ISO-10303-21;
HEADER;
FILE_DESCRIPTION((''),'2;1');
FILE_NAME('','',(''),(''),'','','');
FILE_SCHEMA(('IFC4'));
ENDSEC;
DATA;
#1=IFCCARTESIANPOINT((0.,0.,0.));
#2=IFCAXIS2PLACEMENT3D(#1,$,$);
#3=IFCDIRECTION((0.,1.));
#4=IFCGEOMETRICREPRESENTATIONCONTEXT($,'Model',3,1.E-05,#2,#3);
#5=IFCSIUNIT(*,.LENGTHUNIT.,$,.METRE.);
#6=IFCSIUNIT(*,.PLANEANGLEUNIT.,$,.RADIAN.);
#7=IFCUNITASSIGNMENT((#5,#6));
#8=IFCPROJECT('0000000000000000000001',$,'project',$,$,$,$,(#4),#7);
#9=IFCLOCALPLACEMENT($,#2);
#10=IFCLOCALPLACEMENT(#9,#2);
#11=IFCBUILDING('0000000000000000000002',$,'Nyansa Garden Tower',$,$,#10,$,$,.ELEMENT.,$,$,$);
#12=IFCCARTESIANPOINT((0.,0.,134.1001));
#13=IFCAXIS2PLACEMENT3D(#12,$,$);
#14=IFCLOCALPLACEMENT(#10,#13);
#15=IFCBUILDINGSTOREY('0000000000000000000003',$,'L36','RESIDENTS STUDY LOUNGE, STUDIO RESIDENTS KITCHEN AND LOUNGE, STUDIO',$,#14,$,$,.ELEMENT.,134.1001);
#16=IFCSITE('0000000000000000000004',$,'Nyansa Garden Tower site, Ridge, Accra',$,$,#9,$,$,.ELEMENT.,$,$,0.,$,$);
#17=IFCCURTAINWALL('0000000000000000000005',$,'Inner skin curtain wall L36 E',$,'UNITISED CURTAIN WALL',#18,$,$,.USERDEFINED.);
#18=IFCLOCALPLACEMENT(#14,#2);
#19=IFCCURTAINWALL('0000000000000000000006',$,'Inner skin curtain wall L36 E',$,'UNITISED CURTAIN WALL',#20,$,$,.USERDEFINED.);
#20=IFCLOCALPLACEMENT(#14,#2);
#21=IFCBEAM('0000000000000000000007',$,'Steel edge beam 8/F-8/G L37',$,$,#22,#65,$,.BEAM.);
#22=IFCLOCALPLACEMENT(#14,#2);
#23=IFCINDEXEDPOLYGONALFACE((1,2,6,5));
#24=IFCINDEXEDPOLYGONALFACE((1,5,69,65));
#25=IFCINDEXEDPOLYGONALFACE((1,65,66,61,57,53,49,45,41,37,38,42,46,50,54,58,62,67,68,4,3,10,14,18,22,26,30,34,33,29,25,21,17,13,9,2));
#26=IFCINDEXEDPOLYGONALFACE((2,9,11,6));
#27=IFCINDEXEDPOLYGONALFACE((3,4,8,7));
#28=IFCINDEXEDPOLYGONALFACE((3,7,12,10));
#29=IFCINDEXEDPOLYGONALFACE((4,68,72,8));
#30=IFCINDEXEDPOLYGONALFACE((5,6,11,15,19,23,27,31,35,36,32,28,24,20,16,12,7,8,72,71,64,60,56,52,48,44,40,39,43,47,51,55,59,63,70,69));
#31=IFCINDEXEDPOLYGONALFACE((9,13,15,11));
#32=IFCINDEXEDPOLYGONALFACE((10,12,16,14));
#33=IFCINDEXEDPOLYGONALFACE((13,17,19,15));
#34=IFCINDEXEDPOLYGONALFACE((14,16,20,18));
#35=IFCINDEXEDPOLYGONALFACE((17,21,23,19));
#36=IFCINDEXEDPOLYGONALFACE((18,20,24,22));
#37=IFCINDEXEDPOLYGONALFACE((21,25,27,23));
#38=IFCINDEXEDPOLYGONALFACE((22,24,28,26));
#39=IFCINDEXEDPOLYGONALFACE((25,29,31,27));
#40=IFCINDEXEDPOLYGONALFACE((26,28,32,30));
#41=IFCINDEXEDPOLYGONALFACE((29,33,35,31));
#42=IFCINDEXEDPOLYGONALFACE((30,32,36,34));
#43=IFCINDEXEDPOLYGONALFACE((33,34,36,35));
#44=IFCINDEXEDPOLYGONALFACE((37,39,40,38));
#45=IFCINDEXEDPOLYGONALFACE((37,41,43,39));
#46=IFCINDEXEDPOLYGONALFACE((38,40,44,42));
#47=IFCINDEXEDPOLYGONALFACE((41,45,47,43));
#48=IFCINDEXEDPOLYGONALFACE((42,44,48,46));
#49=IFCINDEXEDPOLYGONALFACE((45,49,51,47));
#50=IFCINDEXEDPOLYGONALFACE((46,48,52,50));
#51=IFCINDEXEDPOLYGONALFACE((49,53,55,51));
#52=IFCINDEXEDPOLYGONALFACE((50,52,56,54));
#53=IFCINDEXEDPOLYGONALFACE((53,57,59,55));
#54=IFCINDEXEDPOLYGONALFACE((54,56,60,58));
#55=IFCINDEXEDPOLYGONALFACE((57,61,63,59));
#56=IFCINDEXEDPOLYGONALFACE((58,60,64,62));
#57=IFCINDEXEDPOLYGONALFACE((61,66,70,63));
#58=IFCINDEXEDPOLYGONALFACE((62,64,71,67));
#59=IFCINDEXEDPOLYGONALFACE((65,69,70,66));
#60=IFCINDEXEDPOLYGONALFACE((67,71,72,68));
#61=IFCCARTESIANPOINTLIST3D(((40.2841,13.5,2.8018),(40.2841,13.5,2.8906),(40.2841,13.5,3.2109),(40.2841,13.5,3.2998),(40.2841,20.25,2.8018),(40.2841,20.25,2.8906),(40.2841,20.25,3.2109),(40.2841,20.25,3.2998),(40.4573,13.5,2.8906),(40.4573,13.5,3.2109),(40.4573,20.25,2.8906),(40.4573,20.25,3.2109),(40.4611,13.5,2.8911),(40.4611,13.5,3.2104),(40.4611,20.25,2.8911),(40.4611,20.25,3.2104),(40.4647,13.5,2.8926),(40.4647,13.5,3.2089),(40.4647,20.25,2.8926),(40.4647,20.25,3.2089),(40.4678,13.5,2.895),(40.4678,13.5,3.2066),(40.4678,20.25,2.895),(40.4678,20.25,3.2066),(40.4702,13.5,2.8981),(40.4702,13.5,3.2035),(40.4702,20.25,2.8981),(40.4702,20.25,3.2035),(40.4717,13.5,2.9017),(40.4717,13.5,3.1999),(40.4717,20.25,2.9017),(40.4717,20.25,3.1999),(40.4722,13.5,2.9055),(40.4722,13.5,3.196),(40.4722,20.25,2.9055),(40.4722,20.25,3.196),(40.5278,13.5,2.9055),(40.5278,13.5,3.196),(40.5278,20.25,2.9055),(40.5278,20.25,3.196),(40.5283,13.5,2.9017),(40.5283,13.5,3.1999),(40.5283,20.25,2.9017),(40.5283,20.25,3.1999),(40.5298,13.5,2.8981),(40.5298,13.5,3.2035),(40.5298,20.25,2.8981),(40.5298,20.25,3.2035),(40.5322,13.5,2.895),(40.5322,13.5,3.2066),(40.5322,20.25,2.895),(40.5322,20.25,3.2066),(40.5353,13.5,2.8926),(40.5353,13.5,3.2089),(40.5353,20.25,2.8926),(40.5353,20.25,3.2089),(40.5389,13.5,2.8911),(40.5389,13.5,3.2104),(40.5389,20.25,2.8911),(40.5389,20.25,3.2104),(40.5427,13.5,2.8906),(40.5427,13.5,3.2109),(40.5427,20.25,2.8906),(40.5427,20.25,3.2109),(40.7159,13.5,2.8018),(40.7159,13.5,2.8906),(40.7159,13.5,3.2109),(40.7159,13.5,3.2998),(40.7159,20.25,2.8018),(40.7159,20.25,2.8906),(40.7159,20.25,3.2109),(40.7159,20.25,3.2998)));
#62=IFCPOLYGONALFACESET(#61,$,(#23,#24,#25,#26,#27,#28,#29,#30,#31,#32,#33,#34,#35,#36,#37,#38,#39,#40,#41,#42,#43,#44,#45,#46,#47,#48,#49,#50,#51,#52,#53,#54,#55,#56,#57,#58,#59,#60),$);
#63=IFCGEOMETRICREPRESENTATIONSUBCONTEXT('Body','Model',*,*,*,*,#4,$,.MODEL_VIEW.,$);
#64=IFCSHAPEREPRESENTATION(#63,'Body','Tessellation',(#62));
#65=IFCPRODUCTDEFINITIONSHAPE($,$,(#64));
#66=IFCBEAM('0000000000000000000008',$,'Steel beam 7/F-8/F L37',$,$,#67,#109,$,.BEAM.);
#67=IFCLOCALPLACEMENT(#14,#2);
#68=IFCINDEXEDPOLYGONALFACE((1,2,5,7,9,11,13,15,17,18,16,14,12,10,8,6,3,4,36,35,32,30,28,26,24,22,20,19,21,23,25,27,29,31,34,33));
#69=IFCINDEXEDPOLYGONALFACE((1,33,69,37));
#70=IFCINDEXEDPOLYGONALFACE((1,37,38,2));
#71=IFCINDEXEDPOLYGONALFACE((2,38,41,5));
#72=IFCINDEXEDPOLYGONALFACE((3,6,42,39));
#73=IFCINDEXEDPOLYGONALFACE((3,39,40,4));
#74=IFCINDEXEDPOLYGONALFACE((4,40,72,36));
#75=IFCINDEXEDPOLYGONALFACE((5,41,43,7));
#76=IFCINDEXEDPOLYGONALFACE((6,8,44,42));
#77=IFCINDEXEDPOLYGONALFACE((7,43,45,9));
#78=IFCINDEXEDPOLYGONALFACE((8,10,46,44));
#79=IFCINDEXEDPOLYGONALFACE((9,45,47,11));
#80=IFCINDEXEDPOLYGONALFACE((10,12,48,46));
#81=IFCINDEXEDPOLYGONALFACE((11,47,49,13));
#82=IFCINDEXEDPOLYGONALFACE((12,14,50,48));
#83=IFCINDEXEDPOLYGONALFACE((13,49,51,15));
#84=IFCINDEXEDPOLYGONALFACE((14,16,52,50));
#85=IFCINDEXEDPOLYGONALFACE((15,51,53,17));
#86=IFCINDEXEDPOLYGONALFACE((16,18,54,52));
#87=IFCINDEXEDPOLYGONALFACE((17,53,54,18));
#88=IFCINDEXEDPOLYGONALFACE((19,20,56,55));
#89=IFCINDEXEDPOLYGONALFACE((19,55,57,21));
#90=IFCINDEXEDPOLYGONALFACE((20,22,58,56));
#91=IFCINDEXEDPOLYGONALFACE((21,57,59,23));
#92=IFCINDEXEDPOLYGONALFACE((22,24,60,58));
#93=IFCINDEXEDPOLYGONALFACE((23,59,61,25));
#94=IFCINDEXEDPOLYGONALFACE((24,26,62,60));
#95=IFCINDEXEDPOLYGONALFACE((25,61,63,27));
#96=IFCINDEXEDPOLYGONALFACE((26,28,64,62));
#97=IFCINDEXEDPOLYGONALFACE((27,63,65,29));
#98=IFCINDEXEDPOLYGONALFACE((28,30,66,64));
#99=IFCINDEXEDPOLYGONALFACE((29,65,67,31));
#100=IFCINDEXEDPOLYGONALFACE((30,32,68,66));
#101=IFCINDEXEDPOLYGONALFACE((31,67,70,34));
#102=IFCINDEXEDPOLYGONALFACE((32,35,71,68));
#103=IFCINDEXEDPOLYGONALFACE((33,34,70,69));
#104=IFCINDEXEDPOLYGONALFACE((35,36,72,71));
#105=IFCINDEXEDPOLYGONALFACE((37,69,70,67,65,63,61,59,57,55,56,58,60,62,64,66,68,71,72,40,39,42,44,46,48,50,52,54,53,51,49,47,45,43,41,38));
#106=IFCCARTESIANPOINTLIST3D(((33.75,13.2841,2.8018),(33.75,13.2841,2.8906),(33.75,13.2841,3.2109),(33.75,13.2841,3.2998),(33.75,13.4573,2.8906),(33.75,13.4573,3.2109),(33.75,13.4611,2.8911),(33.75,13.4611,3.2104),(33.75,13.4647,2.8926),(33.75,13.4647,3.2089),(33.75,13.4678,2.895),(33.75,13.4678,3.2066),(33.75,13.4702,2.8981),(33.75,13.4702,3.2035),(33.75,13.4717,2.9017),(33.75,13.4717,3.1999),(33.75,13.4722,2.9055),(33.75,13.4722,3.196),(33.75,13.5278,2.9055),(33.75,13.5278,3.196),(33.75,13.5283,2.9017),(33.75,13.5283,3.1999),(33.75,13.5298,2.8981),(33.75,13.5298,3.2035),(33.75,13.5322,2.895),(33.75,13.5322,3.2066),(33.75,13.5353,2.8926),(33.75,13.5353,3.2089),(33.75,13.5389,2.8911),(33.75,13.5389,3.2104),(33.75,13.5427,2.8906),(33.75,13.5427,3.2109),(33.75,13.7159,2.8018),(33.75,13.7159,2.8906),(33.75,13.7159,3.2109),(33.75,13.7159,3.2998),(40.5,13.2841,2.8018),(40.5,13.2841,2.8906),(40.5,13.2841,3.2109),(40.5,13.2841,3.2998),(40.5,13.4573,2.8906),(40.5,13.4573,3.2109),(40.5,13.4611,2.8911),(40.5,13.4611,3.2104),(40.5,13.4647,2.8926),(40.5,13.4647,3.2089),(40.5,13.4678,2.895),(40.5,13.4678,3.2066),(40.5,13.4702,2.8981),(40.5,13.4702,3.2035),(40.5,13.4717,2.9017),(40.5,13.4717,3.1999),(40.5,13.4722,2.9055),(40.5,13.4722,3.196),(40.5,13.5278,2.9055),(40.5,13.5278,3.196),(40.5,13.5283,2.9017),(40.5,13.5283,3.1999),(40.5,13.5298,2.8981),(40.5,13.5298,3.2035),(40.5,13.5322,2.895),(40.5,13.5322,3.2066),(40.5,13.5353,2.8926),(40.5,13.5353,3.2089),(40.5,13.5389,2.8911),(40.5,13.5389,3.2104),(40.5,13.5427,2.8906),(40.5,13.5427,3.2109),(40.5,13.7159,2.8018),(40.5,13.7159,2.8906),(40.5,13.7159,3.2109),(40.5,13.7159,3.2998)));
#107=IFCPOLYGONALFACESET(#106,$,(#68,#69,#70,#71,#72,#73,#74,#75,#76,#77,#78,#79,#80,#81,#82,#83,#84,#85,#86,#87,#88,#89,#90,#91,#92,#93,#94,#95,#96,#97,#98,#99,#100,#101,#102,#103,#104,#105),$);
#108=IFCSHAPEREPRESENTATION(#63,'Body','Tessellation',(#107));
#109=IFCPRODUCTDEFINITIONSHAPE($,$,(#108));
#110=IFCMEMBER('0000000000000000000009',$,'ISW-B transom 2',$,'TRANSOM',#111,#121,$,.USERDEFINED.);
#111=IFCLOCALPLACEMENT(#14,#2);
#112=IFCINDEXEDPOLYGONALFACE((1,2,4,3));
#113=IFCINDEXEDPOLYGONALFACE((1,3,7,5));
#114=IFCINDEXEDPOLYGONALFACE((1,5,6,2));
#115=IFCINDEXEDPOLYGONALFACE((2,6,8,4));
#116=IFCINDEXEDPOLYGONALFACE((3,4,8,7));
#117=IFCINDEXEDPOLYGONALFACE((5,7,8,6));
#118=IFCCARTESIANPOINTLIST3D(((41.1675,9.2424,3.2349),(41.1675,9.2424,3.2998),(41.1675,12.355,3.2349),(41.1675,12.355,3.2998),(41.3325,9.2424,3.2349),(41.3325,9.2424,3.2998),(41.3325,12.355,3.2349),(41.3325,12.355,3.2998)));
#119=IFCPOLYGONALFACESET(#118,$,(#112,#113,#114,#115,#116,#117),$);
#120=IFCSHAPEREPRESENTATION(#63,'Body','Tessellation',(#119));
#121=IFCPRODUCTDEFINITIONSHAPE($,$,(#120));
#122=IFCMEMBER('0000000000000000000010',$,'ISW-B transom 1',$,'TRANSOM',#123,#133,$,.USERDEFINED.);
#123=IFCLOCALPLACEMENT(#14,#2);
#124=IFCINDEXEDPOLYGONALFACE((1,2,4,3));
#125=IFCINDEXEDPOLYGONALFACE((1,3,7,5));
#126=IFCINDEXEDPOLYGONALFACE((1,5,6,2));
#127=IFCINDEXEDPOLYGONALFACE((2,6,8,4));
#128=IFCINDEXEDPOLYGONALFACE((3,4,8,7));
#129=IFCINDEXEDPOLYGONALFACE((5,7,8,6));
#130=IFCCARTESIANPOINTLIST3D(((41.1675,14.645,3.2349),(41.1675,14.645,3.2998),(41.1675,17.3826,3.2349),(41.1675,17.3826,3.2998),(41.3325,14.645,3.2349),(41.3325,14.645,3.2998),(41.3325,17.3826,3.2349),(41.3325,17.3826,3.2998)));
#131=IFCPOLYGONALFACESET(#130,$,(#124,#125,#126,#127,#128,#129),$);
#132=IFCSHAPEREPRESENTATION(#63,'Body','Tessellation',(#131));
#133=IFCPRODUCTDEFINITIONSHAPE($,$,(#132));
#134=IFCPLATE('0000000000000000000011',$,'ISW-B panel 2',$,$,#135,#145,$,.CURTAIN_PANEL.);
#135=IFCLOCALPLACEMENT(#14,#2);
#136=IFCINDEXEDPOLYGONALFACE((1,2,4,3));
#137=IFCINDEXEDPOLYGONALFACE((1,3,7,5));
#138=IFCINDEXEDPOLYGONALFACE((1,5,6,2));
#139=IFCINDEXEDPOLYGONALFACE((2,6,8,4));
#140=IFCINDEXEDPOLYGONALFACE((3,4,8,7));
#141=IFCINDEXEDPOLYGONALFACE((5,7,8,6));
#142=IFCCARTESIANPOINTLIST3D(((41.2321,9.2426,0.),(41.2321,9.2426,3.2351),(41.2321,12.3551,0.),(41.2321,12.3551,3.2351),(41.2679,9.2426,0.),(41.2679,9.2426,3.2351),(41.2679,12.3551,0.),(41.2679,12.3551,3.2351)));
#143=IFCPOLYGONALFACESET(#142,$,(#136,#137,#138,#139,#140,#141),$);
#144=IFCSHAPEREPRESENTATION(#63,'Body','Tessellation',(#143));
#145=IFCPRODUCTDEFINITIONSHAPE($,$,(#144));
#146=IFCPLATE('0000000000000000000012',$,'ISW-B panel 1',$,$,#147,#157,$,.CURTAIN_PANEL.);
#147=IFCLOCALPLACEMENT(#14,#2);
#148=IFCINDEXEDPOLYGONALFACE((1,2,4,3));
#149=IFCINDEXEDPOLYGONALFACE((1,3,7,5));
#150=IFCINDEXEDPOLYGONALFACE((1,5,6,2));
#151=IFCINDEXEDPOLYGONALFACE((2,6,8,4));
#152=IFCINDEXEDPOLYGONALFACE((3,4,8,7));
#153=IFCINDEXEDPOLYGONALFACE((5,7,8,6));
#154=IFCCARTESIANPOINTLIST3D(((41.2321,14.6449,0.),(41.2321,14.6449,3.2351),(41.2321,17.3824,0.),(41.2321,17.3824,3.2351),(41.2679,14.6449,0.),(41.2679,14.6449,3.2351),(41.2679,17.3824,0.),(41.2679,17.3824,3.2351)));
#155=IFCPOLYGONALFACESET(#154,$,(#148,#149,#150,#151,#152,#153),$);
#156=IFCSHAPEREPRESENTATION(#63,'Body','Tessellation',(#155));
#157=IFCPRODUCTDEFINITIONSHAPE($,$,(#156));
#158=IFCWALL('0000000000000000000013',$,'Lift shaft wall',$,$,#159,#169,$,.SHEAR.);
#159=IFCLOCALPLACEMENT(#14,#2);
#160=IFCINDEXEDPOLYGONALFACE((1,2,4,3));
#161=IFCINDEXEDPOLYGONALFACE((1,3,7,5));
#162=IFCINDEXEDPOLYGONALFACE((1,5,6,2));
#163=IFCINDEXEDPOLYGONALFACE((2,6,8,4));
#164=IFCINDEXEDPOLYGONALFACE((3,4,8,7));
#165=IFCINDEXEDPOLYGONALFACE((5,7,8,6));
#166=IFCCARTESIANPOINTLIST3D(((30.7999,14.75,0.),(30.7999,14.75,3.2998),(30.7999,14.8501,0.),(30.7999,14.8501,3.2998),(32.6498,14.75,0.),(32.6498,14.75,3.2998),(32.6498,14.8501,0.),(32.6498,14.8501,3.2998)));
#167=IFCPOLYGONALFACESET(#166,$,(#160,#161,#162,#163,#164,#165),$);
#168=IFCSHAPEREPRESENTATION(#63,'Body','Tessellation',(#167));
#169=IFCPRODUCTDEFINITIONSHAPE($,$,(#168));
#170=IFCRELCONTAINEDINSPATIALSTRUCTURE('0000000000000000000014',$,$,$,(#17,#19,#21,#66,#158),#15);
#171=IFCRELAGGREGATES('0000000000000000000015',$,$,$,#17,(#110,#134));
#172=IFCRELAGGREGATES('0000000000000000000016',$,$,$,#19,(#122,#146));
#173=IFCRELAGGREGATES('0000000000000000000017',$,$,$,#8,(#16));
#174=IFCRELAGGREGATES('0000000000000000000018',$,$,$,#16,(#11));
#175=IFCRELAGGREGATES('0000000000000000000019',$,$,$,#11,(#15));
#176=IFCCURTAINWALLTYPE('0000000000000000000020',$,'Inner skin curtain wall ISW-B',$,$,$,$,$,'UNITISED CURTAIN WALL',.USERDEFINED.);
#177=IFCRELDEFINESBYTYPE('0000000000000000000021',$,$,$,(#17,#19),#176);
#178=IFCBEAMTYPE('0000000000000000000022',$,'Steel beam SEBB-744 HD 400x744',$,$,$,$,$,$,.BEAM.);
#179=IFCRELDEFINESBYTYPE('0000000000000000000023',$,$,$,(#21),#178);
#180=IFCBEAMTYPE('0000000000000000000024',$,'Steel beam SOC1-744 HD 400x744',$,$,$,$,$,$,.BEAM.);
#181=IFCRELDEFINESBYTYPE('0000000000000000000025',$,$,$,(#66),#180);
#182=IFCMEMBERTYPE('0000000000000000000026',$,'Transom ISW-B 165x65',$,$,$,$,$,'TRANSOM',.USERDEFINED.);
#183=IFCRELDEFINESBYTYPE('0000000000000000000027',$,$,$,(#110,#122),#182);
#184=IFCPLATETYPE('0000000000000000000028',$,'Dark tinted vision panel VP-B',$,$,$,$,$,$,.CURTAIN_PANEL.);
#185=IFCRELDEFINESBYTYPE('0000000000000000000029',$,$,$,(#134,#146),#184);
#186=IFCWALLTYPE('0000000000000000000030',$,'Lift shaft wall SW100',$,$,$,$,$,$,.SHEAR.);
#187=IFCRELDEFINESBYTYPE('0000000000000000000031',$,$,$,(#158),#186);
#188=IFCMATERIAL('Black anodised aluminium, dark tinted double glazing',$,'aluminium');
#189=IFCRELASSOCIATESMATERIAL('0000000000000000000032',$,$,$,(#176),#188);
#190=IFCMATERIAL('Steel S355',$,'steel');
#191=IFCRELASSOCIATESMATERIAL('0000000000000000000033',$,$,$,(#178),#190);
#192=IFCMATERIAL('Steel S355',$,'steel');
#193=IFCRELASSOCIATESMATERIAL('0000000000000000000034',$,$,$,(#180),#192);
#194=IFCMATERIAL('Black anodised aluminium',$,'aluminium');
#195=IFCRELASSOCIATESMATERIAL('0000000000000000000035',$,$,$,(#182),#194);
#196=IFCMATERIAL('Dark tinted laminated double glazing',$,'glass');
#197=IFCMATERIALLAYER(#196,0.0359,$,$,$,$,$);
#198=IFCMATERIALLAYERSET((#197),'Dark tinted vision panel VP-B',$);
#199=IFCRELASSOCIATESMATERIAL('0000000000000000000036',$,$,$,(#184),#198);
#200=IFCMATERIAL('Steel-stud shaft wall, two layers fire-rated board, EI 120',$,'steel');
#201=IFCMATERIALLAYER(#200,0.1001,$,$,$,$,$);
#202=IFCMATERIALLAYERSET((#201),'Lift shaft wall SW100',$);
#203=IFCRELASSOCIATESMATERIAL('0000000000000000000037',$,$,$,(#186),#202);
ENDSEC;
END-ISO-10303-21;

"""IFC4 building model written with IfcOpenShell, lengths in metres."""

from ifc_helpers import new_model, si_unit, direction, frame, frame_2d, origin, origin_2d, place, context, subcontext, project, spatial, rectangle, i_section, extrude, material, layer, layer_set, material_profile, profile_set, type_object, element, aggregate, save


model = new_model("IFC4")

# Units and contexts
model_context = context("Model", 3, precision=1e-05, world=origin(), true_north=direction((0.0, 1.0)))
body_context = subcontext(model_context, "Body", "Model", "MODEL_VIEW")
ifc_project = project(units=[si_unit("LENGTHUNIT", "METRE"), si_unit("PLANEANGLEUNIT", "RADIAN")], contexts=[model_context])

# Site, building, storey
site_placement = place(None, origin())
site = spatial("IfcSite", under=ifc_project, at=site_placement, Name="Nyansa Garden Tower site, Ridge, Accra", CompositionType="ELEMENT", RefElevation=0.0)
building_placement = place(site_placement, origin())
building = spatial("IfcBuilding", under=site, at=building_placement, Name="Nyansa Garden Tower", CompositionType="ELEMENT")
storey_placement = place(building_placement, frame((0.0, 0.0, 134.1001)))
storey = spatial("IfcBuildingStorey", under=building, at=storey_placement, Name="L36", Description="RESIDENTS STUDY LOUNGE, STUDIO RESIDENTS KITCHEN AND LOUNGE, STUDIO", CompositionType="ELEMENT", Elevation=134.1001)

# Curtain wall
ifc_material_1 = material(Name="Black anodised aluminium, dark tinted double glazing", Category="aluminium")
curtain_wall_type = type_object("IfcCurtainWallType", Name="Inner skin curtain wall ISW-B", ElementType="UNITISED CURTAIN WALL", PredefinedType="USERDEFINED", material=ifc_material_1)
curtain_wall_1_placement = place(storey_placement, origin())
curtain_wall_1 = element("IfcCurtainWall", 1, at=curtain_wall_1_placement, inside=storey, type_object=curtain_wall_type, Name="Inner skin curtain wall L36 E", ObjectType="UNITISED CURTAIN WALL", PredefinedType="USERDEFINED")

# Curtain wall
curtain_wall_2_placement = place(storey_placement, origin())
curtain_wall_2 = element("IfcCurtainWall", 2, at=curtain_wall_2_placement, inside=storey, type_object=curtain_wall_type, Name="Inner skin curtain wall L36 E", ObjectType="UNITISED CURTAIN WALL", PredefinedType="USERDEFINED")

# Beams
ifc_material_2 = material(Name="Steel S355", Category="steel")
ifc_material_profile_1 = material_profile(ifc_material_2, i_section(OverallWidth=0.4319, OverallDepth=0.498, WebThickness=0.0557, FlangeThickness=0.0889, FilletRadius=0.0149, at=origin_2d()), Name="HD 400x744")
ifc_profile_set_1 = profile_set([ifc_material_profile_1], Name="Steel S355")
beam_type_1 = type_object("IfcBeamType", Name="Steel beam SEBB-744 HD 400x744", PredefinedType="BEAM", material=ifc_profile_set_1)
beam_1_placement = place(storey_placement, frame((40.5, 13.5, 3.0508), z_axis=(0.0, 1.0, 0.0), x_axis=(-1.0, 0.0, 0.0)))
element("IfcBeam", 3, at=beam_1_placement, inside=storey, type_object=beam_type_1, Name="Steel edge beam 8/F-8/G L37", PredefinedType="BEAM", context=body_context, shape_type="SweptSolid", body=[
    extrude(i_section(OverallWidth=0.4319, OverallDepth=0.498, WebThickness=0.0557, FlangeThickness=0.0889, FilletRadius=0.0149, at=origin_2d()), origin(), (0.0, 0.0, 1.0), 6.75),
])
ifc_material_3 = material(Name="Steel S355", Category="steel")
ifc_material_profile_2 = material_profile(ifc_material_3, i_section(OverallWidth=0.4319, OverallDepth=0.498, WebThickness=0.0557, FlangeThickness=0.0889, FilletRadius=0.0149, at=origin_2d()), Name="HD 400x744")
ifc_profile_set_2 = profile_set([ifc_material_profile_2], Name="Steel S355")
beam_type_2 = type_object("IfcBeamType", Name="Steel beam SOC1-744 HD 400x744", PredefinedType="BEAM", material=ifc_profile_set_2)
beam_2_placement = place(storey_placement, frame((33.75, 13.5, 3.0508), z_axis=(1.0, 0.0, 0.0), x_axis=(0.0, 1.0, 0.0)))
element("IfcBeam", 4, at=beam_2_placement, inside=storey, type_object=beam_type_2, Name="Steel beam 7/F-8/F L37", PredefinedType="BEAM", context=body_context, shape_type="SweptSolid", body=[
    extrude(i_section(OverallWidth=0.4319, OverallDepth=0.498, WebThickness=0.0557, FlangeThickness=0.0889, FilletRadius=0.0149, at=origin_2d()), origin(), (0.0, 0.0, 1.0), 6.75),
])

# Members
ifc_material_4 = material(Name="Black anodised aluminium", Category="aluminium")
ifc_material_profile_3 = material_profile(ifc_material_4, rectangle(XDim=0.165, YDim=0.0649, at=origin_2d()), Name="Transom 165x65")
ifc_profile_set_3 = profile_set([ifc_material_profile_3], Name="Black anodised aluminium")
member_type_1 = type_object("IfcMemberType", Name="Transom ISW-B 165x65", ElementType="TRANSOM", PredefinedType="USERDEFINED", material=ifc_profile_set_3)
member_1_placement = place(storey_placement, frame((41.25, 9.2424, 3.2673), z_axis=(0.0, 1.0, 0.0), x_axis=(-1.0, 0.0, 0.0)))
member_1 = element("IfcMember", 5, at=member_1_placement, type_object=member_type_1, Name="ISW-B transom 2", ObjectType="TRANSOM", PredefinedType="USERDEFINED", context=body_context, shape_type="SweptSolid", body=[
    extrude(rectangle(XDim=0.165, YDim=0.0649, at=origin_2d()), origin(), (0.0, 0.0, 1.0), 3.1125),
])
member_2_placement = place(storey_placement, frame((41.25, 14.645, 3.2673), z_axis=(0.0, 1.0, 0.0), x_axis=(-1.0, 0.0, 0.0)))
member_2 = element("IfcMember", 6, at=member_2_placement, type_object=member_type_1, Name="ISW-B transom 1", ObjectType="TRANSOM", PredefinedType="USERDEFINED", context=body_context, shape_type="SweptSolid", body=[
    extrude(rectangle(XDim=0.165, YDim=0.0649, at=origin_2d()), origin(), (0.0, 0.0, 1.0), 2.7375),
])

# Plates
ifc_material_5 = material(Name="Dark tinted laminated double glazing", Category="glass")
ifc_layer_1 = layer(ifc_material_5, 0.0359)
ifc_layer_set_1 = layer_set([ifc_layer_1], Name="Dark tinted vision panel VP-B")
plate_type = type_object("IfcPlateType", Name="Dark tinted vision panel VP-B", PredefinedType="CURTAIN_PANEL", material=ifc_layer_set_1)
plate_1_placement = place(storey_placement, frame((41.25, 10.7988, 0.0), z_axis=(0.0, 0.0, 1.0), x_axis=(0.0, 1.0, 0.0)))
plate_1 = element("IfcPlate", 7, at=plate_1_placement, type_object=plate_type, Name="ISW-B panel 2", PredefinedType="CURTAIN_PANEL", context=body_context, shape_type="SweptSolid", body=[
    extrude(rectangle(XDim=3.1125, YDim=0.0359, at=origin_2d()), origin(), (0.0, 0.0, 1.0), 3.2351),
])
aggregate(curtain_wall_1, [member_1, plate_1])
plate_2_placement = place(storey_placement, frame((41.25, 16.0137, 0.0), z_axis=(0.0, 0.0, 1.0), x_axis=(0.0, 1.0, 0.0)))
plate_2 = element("IfcPlate", 8, at=plate_2_placement, type_object=plate_type, Name="ISW-B panel 1", PredefinedType="CURTAIN_PANEL", context=body_context, shape_type="SweptSolid", body=[
    extrude(rectangle(XDim=2.7375, YDim=0.0359, at=origin_2d()), origin(), (0.0, 0.0, 1.0), 3.2351),
])
aggregate(curtain_wall_2, [member_2, plate_2])

# Wall
ifc_material_6 = material(Name="Steel-stud shaft wall, two layers fire-rated board, EI 120", Category="steel")
ifc_layer_2 = layer(ifc_material_6, 0.1001)
ifc_layer_set_2 = layer_set([ifc_layer_2], Name="Lift shaft wall SW100")
wall_type_1 = type_object("IfcWallType", Name="Lift shaft wall SW100", PredefinedType="SHEAR", material=ifc_layer_set_2)
wall_1_placement = place(storey_placement, frame((30.8, 14.8, 0.0), z_axis=(0.0, 0.0, 1.0), x_axis=(1.0, 0.0, 0.0)))
element("IfcWall", 9, at=wall_1_placement, inside=storey, type_object=wall_type_1, Name="Lift shaft wall", PredefinedType="SHEAR", context=body_context, shape_type="SweptSolid", body=[
    extrude(rectangle(XDim=1.8499, YDim=0.1001, at=frame_2d((0.9248, 0.0))), origin(), (0.0, 0.0, 1.0), 3.2998),
])

save(model, "model.ifc")
